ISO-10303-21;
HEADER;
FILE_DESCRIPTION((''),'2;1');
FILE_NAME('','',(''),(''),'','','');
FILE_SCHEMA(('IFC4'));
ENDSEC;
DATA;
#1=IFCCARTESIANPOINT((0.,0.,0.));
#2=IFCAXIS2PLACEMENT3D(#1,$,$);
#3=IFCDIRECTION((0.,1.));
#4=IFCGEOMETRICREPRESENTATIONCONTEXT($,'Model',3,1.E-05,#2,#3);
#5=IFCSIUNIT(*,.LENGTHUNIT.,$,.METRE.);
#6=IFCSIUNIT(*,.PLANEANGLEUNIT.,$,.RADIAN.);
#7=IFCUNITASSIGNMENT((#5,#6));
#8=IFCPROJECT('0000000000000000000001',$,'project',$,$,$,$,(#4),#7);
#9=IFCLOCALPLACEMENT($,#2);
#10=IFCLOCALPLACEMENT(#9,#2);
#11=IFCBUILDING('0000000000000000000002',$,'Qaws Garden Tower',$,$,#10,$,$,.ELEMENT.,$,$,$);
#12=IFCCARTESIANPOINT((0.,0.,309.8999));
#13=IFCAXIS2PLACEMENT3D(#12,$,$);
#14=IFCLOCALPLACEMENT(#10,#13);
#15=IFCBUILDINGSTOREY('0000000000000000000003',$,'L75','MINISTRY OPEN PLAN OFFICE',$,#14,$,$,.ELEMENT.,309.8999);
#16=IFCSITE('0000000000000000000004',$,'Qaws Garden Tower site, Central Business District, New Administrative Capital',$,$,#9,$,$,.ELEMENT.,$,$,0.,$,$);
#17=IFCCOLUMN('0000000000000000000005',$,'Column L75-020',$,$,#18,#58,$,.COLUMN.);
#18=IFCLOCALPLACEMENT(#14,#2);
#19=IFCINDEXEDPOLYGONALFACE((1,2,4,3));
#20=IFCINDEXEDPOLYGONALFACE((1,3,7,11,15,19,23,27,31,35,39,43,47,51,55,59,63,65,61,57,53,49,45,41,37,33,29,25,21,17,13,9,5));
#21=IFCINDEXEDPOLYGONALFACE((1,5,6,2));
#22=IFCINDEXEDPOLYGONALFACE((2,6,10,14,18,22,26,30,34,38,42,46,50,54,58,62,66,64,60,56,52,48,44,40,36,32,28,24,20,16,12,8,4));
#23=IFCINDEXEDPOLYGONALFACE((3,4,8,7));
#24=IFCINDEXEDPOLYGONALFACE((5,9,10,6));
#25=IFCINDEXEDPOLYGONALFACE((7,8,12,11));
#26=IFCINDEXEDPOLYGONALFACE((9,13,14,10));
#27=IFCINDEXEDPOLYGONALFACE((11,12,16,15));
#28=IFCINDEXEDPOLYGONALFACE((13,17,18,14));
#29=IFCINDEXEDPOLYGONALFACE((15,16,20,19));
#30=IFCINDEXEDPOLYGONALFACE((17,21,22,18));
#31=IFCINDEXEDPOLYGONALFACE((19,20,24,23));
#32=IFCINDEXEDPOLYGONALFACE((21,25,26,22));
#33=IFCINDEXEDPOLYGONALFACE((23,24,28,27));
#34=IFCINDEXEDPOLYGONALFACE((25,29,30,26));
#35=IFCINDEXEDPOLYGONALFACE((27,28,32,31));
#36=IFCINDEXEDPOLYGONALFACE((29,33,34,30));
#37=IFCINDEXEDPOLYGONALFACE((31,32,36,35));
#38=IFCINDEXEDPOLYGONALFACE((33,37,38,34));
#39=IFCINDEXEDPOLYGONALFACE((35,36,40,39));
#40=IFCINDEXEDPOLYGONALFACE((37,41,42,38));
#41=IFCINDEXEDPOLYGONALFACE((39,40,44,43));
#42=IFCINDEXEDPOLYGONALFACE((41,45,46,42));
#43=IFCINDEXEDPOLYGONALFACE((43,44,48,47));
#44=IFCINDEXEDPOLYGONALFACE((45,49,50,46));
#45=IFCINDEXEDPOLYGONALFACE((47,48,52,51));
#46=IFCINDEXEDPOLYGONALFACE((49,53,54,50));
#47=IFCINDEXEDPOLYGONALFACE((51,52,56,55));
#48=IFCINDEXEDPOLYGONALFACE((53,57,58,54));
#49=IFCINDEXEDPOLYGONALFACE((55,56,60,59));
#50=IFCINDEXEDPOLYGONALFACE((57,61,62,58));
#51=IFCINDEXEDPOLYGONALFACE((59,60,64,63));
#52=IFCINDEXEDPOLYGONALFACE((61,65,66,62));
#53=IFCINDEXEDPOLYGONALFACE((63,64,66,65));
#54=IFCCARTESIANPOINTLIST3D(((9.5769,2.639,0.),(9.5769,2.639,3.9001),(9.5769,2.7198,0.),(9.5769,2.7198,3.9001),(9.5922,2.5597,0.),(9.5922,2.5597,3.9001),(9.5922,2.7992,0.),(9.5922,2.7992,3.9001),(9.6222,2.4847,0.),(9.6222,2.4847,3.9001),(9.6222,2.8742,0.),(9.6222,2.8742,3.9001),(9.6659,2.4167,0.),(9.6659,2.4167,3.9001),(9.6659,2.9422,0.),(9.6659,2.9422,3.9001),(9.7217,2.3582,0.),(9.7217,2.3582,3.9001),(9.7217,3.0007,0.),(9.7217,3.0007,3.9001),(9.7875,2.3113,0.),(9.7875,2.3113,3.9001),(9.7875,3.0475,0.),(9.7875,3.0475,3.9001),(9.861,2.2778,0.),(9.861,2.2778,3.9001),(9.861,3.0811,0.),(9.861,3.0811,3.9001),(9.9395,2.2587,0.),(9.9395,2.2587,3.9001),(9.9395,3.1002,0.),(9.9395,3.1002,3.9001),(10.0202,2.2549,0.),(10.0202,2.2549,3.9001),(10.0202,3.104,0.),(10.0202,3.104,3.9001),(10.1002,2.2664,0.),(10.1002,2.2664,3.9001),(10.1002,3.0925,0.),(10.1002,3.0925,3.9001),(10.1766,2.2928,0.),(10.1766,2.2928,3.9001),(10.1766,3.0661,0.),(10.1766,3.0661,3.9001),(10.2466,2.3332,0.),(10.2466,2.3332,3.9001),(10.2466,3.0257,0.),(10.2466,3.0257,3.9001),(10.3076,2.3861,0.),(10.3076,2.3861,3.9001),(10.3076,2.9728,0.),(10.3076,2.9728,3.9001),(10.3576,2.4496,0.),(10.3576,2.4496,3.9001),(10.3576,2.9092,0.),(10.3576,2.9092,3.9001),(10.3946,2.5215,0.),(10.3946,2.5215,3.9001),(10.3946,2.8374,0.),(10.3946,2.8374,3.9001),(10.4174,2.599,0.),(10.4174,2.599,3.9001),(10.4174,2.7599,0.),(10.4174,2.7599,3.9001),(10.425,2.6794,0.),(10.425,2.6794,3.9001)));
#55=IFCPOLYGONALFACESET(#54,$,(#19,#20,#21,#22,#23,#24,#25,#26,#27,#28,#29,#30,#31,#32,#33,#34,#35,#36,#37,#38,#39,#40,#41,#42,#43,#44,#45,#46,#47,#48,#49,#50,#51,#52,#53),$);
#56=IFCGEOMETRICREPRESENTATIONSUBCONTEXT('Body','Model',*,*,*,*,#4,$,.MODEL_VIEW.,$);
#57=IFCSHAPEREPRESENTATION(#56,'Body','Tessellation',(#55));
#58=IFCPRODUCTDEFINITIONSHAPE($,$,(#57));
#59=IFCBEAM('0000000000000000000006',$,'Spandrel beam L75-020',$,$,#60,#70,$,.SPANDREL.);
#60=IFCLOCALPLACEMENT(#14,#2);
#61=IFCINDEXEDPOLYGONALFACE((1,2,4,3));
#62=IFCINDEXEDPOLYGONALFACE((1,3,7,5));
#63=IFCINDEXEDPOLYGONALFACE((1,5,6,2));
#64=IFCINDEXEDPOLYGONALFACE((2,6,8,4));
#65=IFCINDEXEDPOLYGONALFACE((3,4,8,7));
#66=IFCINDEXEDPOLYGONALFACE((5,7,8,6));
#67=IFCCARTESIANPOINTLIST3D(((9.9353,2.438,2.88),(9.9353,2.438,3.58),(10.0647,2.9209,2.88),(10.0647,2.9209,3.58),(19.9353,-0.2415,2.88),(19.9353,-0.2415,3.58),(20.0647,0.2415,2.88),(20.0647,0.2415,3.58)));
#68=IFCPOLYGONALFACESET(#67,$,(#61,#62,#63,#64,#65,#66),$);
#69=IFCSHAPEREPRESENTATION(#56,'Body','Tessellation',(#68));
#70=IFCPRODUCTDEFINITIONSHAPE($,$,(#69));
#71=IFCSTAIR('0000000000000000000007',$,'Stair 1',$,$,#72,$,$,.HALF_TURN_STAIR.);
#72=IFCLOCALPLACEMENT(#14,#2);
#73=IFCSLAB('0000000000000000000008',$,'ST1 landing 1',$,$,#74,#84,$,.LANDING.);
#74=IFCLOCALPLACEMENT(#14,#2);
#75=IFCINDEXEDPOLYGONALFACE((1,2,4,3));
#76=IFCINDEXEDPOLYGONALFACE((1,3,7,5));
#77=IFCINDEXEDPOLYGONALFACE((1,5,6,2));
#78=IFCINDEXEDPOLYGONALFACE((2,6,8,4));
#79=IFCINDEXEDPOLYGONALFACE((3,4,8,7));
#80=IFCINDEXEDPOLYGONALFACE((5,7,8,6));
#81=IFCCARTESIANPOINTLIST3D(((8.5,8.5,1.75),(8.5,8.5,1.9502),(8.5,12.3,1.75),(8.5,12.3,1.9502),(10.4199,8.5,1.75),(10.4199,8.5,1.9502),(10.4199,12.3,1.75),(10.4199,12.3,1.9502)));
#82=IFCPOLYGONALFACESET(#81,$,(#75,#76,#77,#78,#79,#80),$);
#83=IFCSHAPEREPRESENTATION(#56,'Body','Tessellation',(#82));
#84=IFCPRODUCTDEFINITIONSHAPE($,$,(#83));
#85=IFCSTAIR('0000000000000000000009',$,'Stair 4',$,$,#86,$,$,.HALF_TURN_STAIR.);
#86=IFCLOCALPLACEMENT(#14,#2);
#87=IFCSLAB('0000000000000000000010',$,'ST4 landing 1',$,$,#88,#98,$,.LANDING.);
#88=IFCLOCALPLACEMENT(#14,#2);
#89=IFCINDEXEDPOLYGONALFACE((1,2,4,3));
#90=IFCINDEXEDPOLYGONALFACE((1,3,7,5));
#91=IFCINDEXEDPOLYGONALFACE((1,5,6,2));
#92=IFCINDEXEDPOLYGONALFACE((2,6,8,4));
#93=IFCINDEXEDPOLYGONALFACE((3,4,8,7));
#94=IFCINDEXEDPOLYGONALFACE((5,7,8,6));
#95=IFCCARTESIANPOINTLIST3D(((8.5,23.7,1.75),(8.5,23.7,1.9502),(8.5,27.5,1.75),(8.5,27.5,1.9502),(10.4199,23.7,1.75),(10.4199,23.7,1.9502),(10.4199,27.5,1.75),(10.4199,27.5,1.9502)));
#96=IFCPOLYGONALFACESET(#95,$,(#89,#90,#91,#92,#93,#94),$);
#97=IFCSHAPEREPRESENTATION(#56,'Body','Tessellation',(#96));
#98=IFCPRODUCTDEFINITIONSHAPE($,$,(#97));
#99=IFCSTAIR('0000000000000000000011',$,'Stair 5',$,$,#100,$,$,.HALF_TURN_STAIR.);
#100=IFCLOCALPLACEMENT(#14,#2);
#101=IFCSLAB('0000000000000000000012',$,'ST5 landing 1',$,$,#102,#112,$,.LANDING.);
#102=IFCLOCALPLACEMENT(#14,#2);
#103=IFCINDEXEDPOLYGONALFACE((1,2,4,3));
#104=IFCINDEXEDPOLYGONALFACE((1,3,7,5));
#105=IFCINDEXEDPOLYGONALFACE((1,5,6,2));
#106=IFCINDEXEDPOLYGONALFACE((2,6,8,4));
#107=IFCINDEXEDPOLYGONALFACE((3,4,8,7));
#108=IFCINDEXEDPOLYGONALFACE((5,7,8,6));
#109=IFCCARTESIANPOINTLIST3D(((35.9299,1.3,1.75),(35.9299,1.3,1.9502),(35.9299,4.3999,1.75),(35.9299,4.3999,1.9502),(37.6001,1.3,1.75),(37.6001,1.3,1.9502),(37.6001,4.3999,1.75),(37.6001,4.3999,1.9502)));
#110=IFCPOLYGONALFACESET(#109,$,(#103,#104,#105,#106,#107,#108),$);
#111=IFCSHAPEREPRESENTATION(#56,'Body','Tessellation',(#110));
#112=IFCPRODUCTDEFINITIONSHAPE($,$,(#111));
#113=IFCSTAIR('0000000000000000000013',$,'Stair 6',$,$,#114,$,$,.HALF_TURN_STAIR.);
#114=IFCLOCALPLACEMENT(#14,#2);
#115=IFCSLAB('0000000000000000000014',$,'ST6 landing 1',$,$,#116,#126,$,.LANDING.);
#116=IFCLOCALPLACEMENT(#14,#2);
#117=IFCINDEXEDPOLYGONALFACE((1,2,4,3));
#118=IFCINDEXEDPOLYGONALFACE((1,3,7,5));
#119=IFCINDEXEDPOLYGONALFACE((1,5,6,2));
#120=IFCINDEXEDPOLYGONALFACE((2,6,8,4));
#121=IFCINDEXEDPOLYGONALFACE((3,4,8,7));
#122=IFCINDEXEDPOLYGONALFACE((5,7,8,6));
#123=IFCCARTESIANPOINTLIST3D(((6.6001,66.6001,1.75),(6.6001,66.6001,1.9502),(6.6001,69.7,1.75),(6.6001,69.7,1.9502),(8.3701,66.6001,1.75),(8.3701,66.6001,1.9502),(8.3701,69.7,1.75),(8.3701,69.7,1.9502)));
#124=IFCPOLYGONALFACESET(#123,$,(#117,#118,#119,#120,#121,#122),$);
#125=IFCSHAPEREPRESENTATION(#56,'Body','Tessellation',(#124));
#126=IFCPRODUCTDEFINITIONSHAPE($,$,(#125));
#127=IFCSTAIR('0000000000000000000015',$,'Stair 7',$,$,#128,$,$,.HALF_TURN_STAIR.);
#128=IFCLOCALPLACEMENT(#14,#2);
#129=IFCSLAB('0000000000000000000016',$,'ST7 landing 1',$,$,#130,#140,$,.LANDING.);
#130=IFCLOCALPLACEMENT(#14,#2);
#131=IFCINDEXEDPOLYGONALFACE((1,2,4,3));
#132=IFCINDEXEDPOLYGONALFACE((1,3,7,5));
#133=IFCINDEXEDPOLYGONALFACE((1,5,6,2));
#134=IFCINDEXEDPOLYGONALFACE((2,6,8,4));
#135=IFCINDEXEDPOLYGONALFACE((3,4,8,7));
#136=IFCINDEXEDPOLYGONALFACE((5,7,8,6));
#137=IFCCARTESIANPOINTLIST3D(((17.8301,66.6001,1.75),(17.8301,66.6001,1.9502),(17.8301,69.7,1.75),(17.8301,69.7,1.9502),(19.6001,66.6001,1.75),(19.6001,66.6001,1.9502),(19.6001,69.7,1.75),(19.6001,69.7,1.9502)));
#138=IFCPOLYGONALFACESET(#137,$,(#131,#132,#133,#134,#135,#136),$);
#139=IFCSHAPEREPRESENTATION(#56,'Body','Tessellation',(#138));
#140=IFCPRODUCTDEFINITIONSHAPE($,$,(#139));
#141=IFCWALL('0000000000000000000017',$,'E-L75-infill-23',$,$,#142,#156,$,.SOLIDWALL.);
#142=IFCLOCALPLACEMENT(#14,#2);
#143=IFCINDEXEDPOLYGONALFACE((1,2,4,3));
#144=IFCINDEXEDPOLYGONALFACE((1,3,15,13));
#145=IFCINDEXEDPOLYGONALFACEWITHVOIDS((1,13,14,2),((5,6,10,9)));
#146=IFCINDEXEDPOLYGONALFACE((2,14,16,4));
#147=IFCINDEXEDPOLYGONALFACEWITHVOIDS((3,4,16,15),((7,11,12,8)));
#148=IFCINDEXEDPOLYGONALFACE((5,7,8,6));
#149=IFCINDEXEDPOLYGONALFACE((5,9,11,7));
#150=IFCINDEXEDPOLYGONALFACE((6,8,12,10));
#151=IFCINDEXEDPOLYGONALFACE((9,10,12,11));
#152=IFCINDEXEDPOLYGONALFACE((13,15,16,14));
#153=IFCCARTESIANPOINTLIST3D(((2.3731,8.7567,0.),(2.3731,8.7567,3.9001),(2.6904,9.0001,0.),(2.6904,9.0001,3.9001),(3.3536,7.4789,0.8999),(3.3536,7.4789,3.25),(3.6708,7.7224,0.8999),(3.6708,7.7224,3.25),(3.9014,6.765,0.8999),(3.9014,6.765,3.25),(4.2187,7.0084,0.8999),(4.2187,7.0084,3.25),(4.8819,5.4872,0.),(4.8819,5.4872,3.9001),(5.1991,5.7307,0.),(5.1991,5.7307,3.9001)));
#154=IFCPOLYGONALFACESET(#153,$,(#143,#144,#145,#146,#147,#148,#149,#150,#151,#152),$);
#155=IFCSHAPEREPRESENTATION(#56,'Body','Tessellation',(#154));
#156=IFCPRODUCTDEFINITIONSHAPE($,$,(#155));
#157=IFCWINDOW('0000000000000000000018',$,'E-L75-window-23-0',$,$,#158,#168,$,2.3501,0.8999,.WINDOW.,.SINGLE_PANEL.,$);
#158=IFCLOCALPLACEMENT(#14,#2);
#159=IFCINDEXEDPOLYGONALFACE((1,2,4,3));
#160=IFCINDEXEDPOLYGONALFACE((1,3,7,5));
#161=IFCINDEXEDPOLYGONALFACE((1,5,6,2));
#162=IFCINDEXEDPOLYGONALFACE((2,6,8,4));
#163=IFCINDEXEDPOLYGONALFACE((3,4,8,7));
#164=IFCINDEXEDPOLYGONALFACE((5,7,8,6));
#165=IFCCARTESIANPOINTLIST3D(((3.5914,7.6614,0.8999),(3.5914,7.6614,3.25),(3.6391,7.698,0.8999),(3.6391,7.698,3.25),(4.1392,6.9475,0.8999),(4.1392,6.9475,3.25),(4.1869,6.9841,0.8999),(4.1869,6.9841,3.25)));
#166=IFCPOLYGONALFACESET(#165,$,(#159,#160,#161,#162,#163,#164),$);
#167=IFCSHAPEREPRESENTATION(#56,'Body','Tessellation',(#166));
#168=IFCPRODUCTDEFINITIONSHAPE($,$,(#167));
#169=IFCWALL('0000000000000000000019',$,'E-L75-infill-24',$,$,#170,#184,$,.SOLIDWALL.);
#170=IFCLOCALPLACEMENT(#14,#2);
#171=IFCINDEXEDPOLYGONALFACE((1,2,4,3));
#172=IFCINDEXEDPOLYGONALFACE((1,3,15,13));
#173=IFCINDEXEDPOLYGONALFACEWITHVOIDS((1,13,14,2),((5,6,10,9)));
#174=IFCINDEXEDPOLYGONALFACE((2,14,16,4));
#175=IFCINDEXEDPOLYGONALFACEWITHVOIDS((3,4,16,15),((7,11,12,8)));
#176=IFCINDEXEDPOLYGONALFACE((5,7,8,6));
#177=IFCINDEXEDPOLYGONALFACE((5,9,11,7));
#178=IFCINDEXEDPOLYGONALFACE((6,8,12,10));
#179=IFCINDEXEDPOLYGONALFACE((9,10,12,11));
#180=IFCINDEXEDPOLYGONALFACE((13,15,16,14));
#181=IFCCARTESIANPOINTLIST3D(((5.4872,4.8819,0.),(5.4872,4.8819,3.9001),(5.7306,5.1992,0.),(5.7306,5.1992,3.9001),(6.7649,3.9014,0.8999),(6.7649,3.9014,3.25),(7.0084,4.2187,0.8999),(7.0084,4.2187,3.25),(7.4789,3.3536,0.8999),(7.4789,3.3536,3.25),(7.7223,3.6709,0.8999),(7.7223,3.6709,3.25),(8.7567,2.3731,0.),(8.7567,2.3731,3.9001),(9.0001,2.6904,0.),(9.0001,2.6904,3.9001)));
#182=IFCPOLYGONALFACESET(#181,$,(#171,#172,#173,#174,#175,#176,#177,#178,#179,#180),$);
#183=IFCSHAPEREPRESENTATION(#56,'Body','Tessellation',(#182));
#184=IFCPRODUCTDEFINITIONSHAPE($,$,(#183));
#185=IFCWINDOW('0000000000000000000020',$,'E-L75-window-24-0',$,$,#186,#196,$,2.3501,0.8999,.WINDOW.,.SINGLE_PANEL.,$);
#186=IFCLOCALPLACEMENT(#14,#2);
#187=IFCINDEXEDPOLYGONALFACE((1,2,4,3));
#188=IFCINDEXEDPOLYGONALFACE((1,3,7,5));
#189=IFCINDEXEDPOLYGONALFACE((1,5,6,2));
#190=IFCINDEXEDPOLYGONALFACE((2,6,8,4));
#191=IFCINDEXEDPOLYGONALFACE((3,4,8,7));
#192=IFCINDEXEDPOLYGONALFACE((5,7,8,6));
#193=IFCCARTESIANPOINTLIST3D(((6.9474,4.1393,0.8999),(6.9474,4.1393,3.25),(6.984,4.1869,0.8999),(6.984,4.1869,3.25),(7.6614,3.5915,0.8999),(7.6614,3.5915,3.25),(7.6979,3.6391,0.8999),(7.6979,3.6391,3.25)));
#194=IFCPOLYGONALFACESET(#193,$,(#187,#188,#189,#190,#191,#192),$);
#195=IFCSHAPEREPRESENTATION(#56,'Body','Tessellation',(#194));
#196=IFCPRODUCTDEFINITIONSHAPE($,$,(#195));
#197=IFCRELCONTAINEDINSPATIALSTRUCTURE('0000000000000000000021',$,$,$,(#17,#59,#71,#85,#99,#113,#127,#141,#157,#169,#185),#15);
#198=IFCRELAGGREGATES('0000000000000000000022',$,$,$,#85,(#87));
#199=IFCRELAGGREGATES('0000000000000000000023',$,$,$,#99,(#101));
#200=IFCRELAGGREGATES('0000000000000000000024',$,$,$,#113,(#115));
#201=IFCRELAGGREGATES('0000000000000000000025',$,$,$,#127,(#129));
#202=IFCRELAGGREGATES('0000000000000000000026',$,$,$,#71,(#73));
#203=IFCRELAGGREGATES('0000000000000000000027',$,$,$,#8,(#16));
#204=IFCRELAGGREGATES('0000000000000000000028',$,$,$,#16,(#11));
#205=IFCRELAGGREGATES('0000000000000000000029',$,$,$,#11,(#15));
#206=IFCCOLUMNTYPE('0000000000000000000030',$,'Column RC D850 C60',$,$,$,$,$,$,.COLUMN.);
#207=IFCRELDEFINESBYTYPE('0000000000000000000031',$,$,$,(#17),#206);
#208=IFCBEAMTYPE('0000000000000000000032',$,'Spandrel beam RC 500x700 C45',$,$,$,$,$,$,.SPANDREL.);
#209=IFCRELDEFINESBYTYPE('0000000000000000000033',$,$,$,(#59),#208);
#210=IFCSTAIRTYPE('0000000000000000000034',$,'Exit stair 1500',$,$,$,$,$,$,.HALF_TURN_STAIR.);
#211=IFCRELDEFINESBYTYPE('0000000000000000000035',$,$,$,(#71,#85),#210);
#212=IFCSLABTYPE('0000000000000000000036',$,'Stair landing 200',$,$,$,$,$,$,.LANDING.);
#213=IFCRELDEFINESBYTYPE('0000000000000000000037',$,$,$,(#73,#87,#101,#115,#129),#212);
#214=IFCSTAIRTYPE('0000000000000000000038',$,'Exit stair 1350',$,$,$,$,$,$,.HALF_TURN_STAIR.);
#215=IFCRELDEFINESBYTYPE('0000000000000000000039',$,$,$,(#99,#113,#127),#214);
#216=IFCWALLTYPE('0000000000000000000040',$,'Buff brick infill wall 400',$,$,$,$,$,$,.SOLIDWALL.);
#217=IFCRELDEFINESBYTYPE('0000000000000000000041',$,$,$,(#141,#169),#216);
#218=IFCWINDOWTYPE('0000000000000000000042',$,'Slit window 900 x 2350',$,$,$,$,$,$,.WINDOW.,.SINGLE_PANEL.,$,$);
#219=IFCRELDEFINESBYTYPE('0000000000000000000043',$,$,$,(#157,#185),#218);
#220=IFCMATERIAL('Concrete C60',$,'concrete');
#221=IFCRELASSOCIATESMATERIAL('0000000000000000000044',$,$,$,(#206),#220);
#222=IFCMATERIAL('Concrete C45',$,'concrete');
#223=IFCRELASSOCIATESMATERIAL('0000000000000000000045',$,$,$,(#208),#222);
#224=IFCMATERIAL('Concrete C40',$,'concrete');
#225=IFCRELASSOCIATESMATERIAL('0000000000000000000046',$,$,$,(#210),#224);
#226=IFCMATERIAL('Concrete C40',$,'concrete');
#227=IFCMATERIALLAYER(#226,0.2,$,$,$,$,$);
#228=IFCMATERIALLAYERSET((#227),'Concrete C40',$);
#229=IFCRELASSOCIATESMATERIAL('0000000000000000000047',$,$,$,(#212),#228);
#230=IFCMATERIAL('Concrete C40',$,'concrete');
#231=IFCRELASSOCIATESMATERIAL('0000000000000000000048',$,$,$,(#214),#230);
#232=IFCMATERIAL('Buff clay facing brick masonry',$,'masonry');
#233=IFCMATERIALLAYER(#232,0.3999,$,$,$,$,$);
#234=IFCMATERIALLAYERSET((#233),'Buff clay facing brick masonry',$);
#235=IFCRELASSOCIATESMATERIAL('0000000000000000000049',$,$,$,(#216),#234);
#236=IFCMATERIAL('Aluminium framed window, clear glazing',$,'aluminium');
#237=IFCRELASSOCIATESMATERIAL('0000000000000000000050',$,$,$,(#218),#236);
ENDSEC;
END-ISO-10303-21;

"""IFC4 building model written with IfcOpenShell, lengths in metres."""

from ifc_helpers import new_model, si_unit, direction, frame, frame_2d, origin, origin_2d, place, context, subcontext, project, spatial, polyline, rectangle, circle, outline, extrude, material, layer, layer_set, material_profile, profile_set, type_object, element, fill, aggregate, save


model = new_model("IFC4")

# Units and contexts
model_context = context("Model", 3, precision=1e-05, world=origin(), true_north=direction((0.0, 1.0)))
body_context = subcontext(model_context, "Body", "Model", "MODEL_VIEW")
ifc_project = project(units=[si_unit("LENGTHUNIT", "METRE"), si_unit("PLANEANGLEUNIT", "RADIAN")], contexts=[model_context])

# Site, building, storey
site_placement = place(None, origin())
site = spatial("IfcSite", under=ifc_project, at=site_placement, Name="Qaws Garden Tower site, Central Business District, New Administrative Capital", CompositionType="ELEMENT", RefElevation=0.0)
building_placement = place(site_placement, origin())
building = spatial("IfcBuilding", under=site, at=building_placement, Name="Qaws Garden Tower", CompositionType="ELEMENT")
storey_placement = place(building_placement, frame((0.0, 0.0, 309.8999)))
storey = spatial("IfcBuildingStorey", under=building, at=storey_placement, Name="L75", Description="MINISTRY OPEN PLAN OFFICE", CompositionType="ELEMENT", Elevation=309.8999)

# Column
ifc_material_1 = material(Name="Concrete C60", Category="concrete")
ifc_material_profile_1 = material_profile(ifc_material_1, circle(Radius=0.425, at=origin_2d()), Name="RC D850")
ifc_profile_set_1 = profile_set([ifc_material_profile_1], Name="Concrete C60")
column_type = type_object("IfcColumnType", Name="Column RC D850 C60", PredefinedType="COLUMN", material=ifc_profile_set_1)
column_placement = place(storey_placement, frame((10.0, 2.6794, 0.0), z_axis=(0.0, 0.0, 1.0), x_axis=(1.0, 0.0, 0.0)))
element("IfcColumn", 1, at=column_placement, inside=storey, type_object=column_type, Name="Column L75-020", PredefinedType="COLUMN", context=body_context, shape_type="SweptSolid", body=[
    extrude(circle(Radius=0.425, at=origin_2d()), origin(), (0.0, 0.0, 1.0), 3.9001),
])

# Beam
ifc_material_2 = material(Name="Concrete C45", Category="concrete")
ifc_material_profile_2 = material_profile(ifc_material_2, rectangle(XDim=0.5, YDim=0.7, at=origin_2d()), Name="RC 500x700")
ifc_profile_set_2 = profile_set([ifc_material_profile_2], Name="Concrete C45")
beam_type = type_object("IfcBeamType", Name="Spandrel beam RC 500x700 C45", PredefinedType="SPANDREL", material=ifc_profile_set_2)
beam_placement = place(storey_placement, frame((10.0, 2.6794, 3.23), z_axis=(0.965927, -0.258815, 0.0), x_axis=(0.258815, 0.965927, 0.0)))
element("IfcBeam", 2, at=beam_placement, inside=storey, type_object=beam_type, Name="Spandrel beam L75-020", PredefinedType="SPANDREL", context=body_context, shape_type="SweptSolid", body=[
    extrude(rectangle(XDim=0.5, YDim=0.7, at=origin_2d()), origin(), (0.0, 0.0, 1.0), 10.3528),
])

# Stairs, slabs
ifc_material_3 = material(Name="Concrete C40", Category="concrete")
stair_type_1 = type_object("IfcStairType", Name="Exit stair 1500", PredefinedType="HALF_TURN_STAIR", material=ifc_material_3)
placement_1 = place(storey_placement, origin())
stair_1 = element("IfcStair", 3, at=placement_1, inside=storey, type_object=stair_type_1, Name="Stair 1", PredefinedType="HALF_TURN_STAIR")
ifc_material_4 = material(Name="Concrete C40", Category="concrete")
ifc_layer_1 = layer(ifc_material_4, 0.2)
ifc_layer_set_1 = layer_set([ifc_layer_1], Name="Concrete C40")
slab_type = type_object("IfcSlabType", Name="Stair landing 200", PredefinedType="LANDING", material=ifc_layer_set_1)
placement_2 = place(storey_placement, frame((0.0, 0.0, 1.75)))
slab_1 = element("IfcSlab", 4, at=placement_2, type_object=slab_type, Name="ST1 landing 1", PredefinedType="LANDING", context=body_context, shape_type="SweptSolid", body=[
    extrude(outline(polyline([(8.5, 8.5), (10.4199, 8.5), (10.4199, 12.3), (8.5, 12.3), (8.5, 8.5)])), origin(), (0.0, 0.0, 1.0), 0.2002),
])
stair_2 = element("IfcStair", 5, at=placement_1, inside=storey, type_object=stair_type_1, Name="Stair 4", PredefinedType="HALF_TURN_STAIR")
slab_2 = element("IfcSlab", 6, at=placement_2, type_object=slab_type, Name="ST4 landing 1", PredefinedType="LANDING", context=body_context, shape_type="SweptSolid", body=[
    extrude(outline(polyline([(8.5, 23.7), (10.4199, 23.7), (10.4199, 27.5), (8.5, 27.5), (8.5, 23.7)])), origin(), (0.0, 0.0, 1.0), 0.2002),
])
aggregate(stair_2, [slab_2])
ifc_material_5 = material(Name="Concrete C40", Category="concrete")
stair_type_2 = type_object("IfcStairType", Name="Exit stair 1350", PredefinedType="HALF_TURN_STAIR", material=ifc_material_5)
stair_3 = element("IfcStair", 7, at=placement_1, inside=storey, type_object=stair_type_2, Name="Stair 5", PredefinedType="HALF_TURN_STAIR")
slab_3 = element("IfcSlab", 8, at=placement_2, type_object=slab_type, Name="ST5 landing 1", PredefinedType="LANDING", context=body_context, shape_type="SweptSolid", body=[
    extrude(outline(polyline([(35.9299, 1.3), (37.6001, 1.3), (37.6001, 4.3999), (35.9299, 4.3999), (35.9299, 1.3)])), origin(), (0.0, 0.0, 1.0), 0.2002),
])
aggregate(stair_3, [slab_3])
stair_4 = element("IfcStair", 9, at=placement_1, inside=storey, type_object=stair_type_2, Name="Stair 6", PredefinedType="HALF_TURN_STAIR")
slab_4 = element("IfcSlab", 10, at=placement_2, type_object=slab_type, Name="ST6 landing 1", PredefinedType="LANDING", context=body_context, shape_type="SweptSolid", body=[
    extrude(outline(polyline([(6.6001, 66.6001), (8.3701, 66.6001), (8.3701, 69.7), (6.6001, 69.7), (6.6001, 66.6001)])), origin(), (0.0, 0.0, 1.0), 0.2002),
])
aggregate(stair_4, [slab_4])
stair_5 = element("IfcStair", 11, at=placement_1, inside=storey, type_object=stair_type_2, Name="Stair 7", PredefinedType="HALF_TURN_STAIR")
slab_5 = element("IfcSlab", 12, at=placement_2, type_object=slab_type, Name="ST7 landing 1", PredefinedType="LANDING", context=body_context, shape_type="SweptSolid", body=[
    extrude(outline(polyline([(17.8301, 66.6001), (19.6001, 66.6001), (19.6001, 69.7), (17.8301, 69.7), (17.8301, 66.6001)])), origin(), (0.0, 0.0, 1.0), 0.2002),
])
aggregate(stair_5, [slab_5])

# Walls, openings, windows
ifc_material_6 = material(Name="Buff clay facing brick masonry", Category="masonry")
ifc_layer_2 = layer(ifc_material_6, 0.3999)
ifc_layer_set_2 = layer_set([ifc_layer_2], Name="Buff clay facing brick masonry")
wall_type_1 = type_object("IfcWallType", Name="Buff brick infill wall 400", PredefinedType="SOLIDWALL", material=ifc_layer_set_2)
wall_1_placement = place(storey_placement, frame((2.5317, 8.8784, 0.0), z_axis=(0.0, 0.0, 1.0), x_axis=(0.60876, -0.793355, 0.0)))
wall_1 = element("IfcWall", 13, at=wall_1_placement, inside=storey, type_object=wall_type_1, Name="E-L75-infill-23", PredefinedType="SOLIDWALL", context=body_context, shape_type="SweptSolid", body=[
    extrude(rectangle(XDim=4.1211, YDim=0.3999, at=frame_2d((2.0605, 0.0))), origin(), (0.0, 0.0, 1.0), 3.9001),
])
opening_1_placement = place(wall_1_placement, frame((1.6106, 0.0, 0.8999)))
opening_1 = element("IfcOpeningElement", 14, at=opening_1_placement, cuts=wall_1, PredefinedType="OPENING", context=body_context, shape_type="SweptSolid", body=[
    extrude(rectangle(XDim=0.8999, YDim=2.3501, at=frame_2d((0.45, 1.175))), frame((0.0, 0.21, 0.0), z_axis=(0.0, -1.0, 0.0), x_axis=(1.0, 0.0, 0.0)), (0.0, 0.0, 1.0), 0.4199),
])
ifc_material_7 = material(Name="Aluminium framed window, clear glazing", Category="aluminium")
window_type = type_object("IfcWindowType", Name="Slit window 900 x 2350", PartitioningType="SINGLE_PANEL", PredefinedType="WINDOW", material=ifc_material_7)
window_1_placement = place(opening_1_placement, origin())
window_1 = element("IfcWindow", 15, at=window_1_placement, inside=storey, type_object=window_type, Name="E-L75-window-23-0", OverallHeight=2.3501, OverallWidth=0.8999, PartitioningType="SINGLE_PANEL", PredefinedType="WINDOW", context=body_context, shape_type="SweptSolid", body=[
    extrude(rectangle(XDim=0.8999, YDim=2.3501, at=frame_2d((0.45, 1.175))), frame((0.0, 0.1599, 0.0), z_axis=(0.0, -1.0, 0.0), x_axis=(1.0, 0.0, 0.0)), (0.0, 0.0, 1.0), 0.0601),
])
fill(opening_1, window_1)
wall_2_placement = place(storey_placement, frame((5.6089, 5.0405, 0.0), z_axis=(0.0, 0.0, 1.0), x_axis=(0.793355, -0.60876, 0.0)))
wall_2 = element("IfcWall", 16, at=wall_2_placement, inside=storey, type_object=wall_type_1, Name="E-L75-infill-24", PredefinedType="SOLIDWALL", context=body_context, shape_type="SweptSolid", body=[
    extrude(rectangle(XDim=4.1211, YDim=0.3999, at=frame_2d((2.0605, 0.0))), origin(), (0.0, 0.0, 1.0), 3.9001),
])
opening_2_placement = place(wall_2_placement, frame((1.6106, 0.0, 0.8999)))
opening_2 = element("IfcOpeningElement", 17, at=opening_2_placement, cuts=wall_2, PredefinedType="OPENING", context=body_context, shape_type="SweptSolid", body=[
    extrude(rectangle(XDim=0.8999, YDim=2.3501, at=frame_2d((0.45, 1.175))), frame((0.0, 0.21, 0.0), z_axis=(0.0, -1.0, 0.0), x_axis=(1.0, 0.0, 0.0)), (0.0, 0.0, 1.0), 0.4199),
])
window_2_placement = place(opening_2_placement, origin())
window_2 = element("IfcWindow", 18, at=window_2_placement, inside=storey, type_object=window_type, Name="E-L75-window-24-0", OverallHeight=2.3501, OverallWidth=0.8999, PartitioningType="SINGLE_PANEL", PredefinedType="WINDOW", context=body_context, shape_type="SweptSolid", body=[
    extrude(rectangle(XDim=0.8999, YDim=2.3501, at=frame_2d((0.45, 1.175))), frame((0.0, 0.1599, 0.0), z_axis=(0.0, -1.0, 0.0), x_axis=(1.0, 0.0, 0.0)), (0.0, 0.0, 1.0), 0.0601),
])
fill(opening_2, window_2)

aggregate(stair_1, [slab_1])

save(model, "model.ifc")
